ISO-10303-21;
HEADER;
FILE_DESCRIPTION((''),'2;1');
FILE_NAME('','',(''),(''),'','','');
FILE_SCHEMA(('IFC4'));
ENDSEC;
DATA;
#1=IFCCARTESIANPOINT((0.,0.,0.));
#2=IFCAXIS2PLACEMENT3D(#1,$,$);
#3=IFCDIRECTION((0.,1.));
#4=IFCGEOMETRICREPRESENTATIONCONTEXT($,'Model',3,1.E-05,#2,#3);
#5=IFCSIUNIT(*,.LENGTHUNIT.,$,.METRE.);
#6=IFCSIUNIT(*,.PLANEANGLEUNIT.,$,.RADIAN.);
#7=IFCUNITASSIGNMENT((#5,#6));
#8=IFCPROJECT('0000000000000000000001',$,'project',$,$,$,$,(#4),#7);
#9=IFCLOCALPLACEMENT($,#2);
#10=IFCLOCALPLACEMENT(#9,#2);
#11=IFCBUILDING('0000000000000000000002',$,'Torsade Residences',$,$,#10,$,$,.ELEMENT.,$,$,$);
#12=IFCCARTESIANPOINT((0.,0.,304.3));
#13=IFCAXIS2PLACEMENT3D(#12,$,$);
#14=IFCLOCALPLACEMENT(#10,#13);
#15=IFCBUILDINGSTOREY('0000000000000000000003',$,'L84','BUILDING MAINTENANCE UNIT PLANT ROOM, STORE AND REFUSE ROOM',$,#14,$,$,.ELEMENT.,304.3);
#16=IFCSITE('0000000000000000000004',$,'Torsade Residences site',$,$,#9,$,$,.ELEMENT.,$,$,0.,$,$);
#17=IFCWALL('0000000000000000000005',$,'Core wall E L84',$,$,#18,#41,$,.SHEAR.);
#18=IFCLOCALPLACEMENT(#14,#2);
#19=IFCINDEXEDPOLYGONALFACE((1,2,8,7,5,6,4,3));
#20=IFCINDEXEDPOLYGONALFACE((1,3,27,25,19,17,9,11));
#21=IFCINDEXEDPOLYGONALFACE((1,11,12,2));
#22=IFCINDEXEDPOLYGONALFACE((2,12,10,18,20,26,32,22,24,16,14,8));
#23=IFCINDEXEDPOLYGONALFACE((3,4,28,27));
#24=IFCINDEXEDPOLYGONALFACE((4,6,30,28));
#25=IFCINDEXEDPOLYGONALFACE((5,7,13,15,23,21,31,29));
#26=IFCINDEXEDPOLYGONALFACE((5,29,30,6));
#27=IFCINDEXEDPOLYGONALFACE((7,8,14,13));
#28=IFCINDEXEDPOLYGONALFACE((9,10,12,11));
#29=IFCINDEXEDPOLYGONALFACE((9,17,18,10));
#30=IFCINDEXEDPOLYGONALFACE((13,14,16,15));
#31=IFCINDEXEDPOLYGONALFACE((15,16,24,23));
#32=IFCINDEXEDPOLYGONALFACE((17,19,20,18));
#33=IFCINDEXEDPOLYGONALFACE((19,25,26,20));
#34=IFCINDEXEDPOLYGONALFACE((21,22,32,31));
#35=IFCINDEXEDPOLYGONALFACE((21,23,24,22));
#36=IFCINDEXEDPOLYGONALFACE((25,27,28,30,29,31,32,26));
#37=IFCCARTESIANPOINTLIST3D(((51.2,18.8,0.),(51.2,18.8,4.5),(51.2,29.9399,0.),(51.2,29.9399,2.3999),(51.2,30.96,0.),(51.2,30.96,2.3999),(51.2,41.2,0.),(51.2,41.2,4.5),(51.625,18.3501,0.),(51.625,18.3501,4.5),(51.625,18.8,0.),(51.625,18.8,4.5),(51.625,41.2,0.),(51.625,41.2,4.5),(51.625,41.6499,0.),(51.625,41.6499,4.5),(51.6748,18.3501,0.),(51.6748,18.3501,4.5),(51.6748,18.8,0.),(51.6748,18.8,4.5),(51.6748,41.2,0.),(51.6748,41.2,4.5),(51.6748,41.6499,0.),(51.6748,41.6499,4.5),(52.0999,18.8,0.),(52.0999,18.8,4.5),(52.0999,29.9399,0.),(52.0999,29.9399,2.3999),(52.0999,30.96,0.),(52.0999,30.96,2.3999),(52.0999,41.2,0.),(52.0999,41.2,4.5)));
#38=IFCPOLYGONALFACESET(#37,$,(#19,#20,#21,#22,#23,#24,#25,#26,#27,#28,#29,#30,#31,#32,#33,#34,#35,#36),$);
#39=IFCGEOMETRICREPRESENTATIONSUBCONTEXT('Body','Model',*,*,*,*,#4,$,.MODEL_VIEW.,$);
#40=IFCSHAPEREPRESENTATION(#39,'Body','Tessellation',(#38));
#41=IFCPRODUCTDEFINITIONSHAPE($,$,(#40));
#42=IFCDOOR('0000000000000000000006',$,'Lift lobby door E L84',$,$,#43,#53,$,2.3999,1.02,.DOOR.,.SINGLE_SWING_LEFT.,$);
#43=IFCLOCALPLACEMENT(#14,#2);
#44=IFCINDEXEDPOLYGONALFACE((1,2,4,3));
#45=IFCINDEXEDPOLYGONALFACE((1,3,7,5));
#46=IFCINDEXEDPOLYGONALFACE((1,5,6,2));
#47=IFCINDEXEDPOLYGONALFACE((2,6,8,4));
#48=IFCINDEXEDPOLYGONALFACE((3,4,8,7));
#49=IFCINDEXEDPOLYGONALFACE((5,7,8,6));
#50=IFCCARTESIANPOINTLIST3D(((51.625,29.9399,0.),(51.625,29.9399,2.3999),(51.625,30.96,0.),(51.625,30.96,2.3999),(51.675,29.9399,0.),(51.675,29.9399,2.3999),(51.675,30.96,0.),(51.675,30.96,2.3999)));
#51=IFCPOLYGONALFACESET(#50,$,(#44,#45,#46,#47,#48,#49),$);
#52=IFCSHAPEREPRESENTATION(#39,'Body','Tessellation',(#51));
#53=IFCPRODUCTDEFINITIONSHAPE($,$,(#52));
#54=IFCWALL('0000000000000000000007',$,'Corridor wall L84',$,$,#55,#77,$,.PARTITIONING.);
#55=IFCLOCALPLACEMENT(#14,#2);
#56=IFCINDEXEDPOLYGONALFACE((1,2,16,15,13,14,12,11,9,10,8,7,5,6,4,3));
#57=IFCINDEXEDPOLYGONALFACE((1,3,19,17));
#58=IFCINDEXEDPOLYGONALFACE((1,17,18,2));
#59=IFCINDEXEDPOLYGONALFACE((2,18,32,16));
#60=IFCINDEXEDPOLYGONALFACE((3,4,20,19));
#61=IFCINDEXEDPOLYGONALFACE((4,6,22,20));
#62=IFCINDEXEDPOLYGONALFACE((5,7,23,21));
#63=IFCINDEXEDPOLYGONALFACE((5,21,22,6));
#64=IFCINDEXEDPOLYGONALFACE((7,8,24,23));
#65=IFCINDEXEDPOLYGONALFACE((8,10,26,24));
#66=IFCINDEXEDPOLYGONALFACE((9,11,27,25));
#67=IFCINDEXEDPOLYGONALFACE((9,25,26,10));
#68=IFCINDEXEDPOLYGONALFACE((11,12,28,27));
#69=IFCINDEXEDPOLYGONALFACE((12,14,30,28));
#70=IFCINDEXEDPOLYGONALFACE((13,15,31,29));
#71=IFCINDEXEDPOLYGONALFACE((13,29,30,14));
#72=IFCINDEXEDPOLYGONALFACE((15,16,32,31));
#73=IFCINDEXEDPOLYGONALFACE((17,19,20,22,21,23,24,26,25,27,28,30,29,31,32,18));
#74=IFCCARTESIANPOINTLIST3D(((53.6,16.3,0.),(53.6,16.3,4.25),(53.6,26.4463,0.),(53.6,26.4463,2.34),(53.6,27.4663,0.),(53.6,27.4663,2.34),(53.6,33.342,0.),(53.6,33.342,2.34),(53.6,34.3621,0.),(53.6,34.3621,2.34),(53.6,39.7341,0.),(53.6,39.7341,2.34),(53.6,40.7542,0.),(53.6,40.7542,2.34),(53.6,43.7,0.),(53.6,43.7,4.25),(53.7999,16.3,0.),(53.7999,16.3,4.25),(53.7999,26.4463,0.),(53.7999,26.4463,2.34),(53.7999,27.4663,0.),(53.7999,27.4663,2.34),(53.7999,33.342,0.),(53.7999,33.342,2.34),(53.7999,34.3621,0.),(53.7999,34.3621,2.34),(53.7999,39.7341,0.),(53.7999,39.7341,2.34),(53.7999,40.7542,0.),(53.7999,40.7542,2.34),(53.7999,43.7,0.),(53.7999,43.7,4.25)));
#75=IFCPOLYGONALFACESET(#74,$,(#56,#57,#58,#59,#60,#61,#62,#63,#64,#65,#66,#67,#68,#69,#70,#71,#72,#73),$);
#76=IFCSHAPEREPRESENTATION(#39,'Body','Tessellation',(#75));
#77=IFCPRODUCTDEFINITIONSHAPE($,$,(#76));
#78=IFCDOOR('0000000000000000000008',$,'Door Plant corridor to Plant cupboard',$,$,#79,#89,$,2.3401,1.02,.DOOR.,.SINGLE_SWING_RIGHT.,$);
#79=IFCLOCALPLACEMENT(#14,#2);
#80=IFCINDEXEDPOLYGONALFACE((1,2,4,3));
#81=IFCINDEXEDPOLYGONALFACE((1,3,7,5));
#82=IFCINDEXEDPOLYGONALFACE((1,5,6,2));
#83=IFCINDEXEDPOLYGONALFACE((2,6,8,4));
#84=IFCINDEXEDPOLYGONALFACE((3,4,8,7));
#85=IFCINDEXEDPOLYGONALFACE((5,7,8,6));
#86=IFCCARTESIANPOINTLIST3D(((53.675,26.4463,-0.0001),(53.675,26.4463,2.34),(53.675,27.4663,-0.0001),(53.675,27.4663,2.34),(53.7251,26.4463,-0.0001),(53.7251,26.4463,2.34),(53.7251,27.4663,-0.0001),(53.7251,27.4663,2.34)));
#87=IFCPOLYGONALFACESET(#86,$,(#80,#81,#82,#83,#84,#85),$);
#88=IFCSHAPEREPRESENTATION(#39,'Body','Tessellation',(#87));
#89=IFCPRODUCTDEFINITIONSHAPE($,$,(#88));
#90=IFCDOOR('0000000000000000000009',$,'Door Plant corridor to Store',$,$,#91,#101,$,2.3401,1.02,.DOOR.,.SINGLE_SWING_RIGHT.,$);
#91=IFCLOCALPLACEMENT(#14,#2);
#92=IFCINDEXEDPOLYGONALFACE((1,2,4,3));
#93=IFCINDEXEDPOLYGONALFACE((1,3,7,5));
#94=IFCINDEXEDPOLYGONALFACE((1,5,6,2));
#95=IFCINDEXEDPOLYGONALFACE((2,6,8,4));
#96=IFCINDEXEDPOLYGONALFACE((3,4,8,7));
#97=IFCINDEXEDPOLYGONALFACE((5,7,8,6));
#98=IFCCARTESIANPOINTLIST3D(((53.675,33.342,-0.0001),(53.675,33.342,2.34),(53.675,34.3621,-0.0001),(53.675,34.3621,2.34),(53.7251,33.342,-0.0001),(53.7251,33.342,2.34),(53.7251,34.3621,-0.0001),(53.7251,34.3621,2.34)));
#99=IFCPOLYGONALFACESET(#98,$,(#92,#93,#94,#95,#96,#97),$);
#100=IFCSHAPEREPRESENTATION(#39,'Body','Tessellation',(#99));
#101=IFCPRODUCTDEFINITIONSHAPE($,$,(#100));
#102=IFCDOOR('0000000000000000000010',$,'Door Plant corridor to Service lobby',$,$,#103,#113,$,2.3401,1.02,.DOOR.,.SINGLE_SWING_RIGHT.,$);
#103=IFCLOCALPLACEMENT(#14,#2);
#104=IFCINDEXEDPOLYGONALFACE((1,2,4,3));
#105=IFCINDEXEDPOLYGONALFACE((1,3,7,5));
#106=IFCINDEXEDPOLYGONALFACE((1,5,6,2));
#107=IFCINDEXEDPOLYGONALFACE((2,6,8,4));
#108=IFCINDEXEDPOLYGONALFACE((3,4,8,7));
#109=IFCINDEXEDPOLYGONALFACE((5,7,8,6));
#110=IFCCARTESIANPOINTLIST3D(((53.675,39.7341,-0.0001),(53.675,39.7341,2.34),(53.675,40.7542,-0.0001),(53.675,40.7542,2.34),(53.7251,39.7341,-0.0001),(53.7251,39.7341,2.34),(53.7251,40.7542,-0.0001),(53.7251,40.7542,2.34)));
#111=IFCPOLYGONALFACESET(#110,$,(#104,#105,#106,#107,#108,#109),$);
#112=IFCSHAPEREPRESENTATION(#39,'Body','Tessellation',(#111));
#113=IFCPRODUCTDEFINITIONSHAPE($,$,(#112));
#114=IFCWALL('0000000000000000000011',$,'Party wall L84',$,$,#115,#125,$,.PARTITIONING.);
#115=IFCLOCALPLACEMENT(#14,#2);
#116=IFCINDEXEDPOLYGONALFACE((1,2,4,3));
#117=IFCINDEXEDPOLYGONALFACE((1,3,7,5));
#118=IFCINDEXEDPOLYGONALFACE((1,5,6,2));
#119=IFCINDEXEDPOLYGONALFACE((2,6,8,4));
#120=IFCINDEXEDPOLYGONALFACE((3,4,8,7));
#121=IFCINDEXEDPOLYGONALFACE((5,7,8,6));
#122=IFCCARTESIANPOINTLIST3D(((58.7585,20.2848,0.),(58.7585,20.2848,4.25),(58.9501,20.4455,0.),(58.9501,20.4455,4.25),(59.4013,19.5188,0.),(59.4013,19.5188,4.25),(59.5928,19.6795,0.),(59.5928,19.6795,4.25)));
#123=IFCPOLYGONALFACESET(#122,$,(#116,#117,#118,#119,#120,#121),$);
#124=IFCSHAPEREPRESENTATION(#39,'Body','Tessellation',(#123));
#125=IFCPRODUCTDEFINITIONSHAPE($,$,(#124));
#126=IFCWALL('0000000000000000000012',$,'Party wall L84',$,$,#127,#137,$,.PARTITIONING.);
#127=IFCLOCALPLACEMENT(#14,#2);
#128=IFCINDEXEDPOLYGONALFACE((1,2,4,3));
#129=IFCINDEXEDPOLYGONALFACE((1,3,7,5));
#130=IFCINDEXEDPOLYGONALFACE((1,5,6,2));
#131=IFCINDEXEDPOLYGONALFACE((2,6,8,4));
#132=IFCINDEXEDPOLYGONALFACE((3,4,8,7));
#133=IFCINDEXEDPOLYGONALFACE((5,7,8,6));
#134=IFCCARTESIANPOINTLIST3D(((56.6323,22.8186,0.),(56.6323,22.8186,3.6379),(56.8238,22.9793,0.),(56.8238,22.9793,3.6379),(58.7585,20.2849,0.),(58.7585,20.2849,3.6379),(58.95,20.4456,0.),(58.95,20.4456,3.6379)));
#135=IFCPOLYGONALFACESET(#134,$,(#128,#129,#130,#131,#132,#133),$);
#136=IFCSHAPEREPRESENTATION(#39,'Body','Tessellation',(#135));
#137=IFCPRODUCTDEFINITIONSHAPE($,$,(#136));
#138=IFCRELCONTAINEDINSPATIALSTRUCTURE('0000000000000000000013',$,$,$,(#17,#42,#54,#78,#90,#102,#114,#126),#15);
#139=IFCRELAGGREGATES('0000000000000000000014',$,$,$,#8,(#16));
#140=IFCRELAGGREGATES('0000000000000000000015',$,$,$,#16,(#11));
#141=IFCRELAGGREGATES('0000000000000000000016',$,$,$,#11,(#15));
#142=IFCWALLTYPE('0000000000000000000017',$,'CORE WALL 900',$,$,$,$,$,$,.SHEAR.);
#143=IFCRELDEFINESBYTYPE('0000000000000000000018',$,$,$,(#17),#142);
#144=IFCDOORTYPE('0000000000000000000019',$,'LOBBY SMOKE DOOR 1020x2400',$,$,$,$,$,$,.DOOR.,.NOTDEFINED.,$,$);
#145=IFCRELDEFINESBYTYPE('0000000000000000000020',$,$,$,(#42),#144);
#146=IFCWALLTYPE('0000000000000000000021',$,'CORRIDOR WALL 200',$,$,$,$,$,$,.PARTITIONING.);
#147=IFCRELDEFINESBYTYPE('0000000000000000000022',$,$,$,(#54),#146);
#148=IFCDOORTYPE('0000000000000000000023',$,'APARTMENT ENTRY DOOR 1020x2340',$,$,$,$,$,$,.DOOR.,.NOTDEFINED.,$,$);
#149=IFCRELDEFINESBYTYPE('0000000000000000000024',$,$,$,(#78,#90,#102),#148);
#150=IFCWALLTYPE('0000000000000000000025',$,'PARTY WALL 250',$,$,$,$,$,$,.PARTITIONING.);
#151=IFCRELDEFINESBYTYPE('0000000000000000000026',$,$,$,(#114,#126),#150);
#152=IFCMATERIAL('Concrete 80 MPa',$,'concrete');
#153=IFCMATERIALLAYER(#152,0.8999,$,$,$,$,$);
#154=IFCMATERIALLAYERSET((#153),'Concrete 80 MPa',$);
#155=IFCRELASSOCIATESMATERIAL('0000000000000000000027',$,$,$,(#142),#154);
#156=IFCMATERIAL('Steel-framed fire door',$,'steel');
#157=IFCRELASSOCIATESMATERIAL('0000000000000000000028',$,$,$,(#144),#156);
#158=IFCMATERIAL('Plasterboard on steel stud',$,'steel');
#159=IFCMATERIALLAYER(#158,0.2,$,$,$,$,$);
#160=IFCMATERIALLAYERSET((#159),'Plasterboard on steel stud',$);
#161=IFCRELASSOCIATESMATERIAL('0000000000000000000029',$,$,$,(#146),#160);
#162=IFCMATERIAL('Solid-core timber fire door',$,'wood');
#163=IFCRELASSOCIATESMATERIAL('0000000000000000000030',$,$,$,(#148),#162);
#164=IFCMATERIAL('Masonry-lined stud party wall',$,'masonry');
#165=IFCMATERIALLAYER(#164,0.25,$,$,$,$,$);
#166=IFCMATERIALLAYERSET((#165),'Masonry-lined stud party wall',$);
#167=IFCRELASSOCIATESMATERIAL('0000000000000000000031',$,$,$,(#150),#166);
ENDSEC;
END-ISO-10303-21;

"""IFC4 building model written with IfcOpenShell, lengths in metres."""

from ifc_helpers import new_model, si_unit, direction, frame, frame_2d, origin, place, context, subcontext, project, spatial, polyline, rectangle, outline, extrude, material, layer, layer_set, type_object, element, fill, save


model = new_model("IFC4")

# Units and contexts
model_context = context("Model", 3, precision=1e-05, world=origin(), true_north=direction((0.0, 1.0)))
body_context = subcontext(model_context, "Body", "Model", "MODEL_VIEW")
ifc_project = project(units=[si_unit("LENGTHUNIT", "METRE"), si_unit("PLANEANGLEUNIT", "RADIAN")], contexts=[model_context])

# Site, building, storey
site_placement = place(None, origin())
site = spatial("IfcSite", under=ifc_project, at=site_placement, Name="Torsade Residences site", CompositionType="ELEMENT", RefElevation=0.0)
building_placement = place(site_placement, origin())
building = spatial("IfcBuilding", under=site, at=building_placement, Name="Torsade Residences", CompositionType="ELEMENT")
storey_placement = place(building_placement, frame((0.0, 0.0, 304.3)))
storey = spatial("IfcBuildingStorey", under=building, at=storey_placement, Name="L84", Description="BUILDING MAINTENANCE UNIT PLANT ROOM, STORE AND REFUSE ROOM", CompositionType="ELEMENT", Elevation=304.3)

# Wall, opening, door
ifc_material_1 = material(Name="Concrete 80 MPa", Category="concrete")
ifc_layer_1 = layer(ifc_material_1, 0.8999)
ifc_layer_set_1 = layer_set([ifc_layer_1], Name="Concrete 80 MPa")
wall_type_1 = type_object("IfcWallType", Name="CORE WALL 900", PredefinedType="SHEAR", material=ifc_layer_set_1)
wall_1_placement = place(storey_placement, frame((51.6499, 18.8, 0.0), z_axis=(0.0, 0.0, 1.0), x_axis=(0.0, 1.0, 0.0)))
wall_1 = element("IfcWall", 1, at=wall_1_placement, inside=storey, type_object=wall_type_1, Name="Core wall E L84", PredefinedType="SHEAR", context=body_context, shape_type="SweptSolid", body=[
    extrude(outline(polyline([(0.0, -0.45), (22.3999, -0.45), (22.3999, -0.0249), (22.8499, -0.0249), (22.8499, 0.0249), (22.3999, 0.0249), (22.3999, 0.45), (0.0, 0.45), (0.0, 0.0249), (-0.45, 0.0249), (-0.45, -0.0249), (0.0, -0.0249), (0.0, -0.45)])), origin(), (0.0, 0.0, 1.0), 4.5),
])
opening_1_placement = place(wall_1_placement, frame((11.1399, 0.0, 0.0)))
opening_1 = element("IfcOpeningElement", 2, at=opening_1_placement, cuts=wall_1, PredefinedType="OPENING", context=body_context, shape_type="SweptSolid", body=[
    extrude(rectangle(XDim=1.02, YDim=2.3999, at=frame_2d((0.51, 1.2))), frame((0.0, 0.46, 0.0), z_axis=(0.0, -1.0, 0.0), x_axis=(1.0, 0.0, 0.0)), (0.0, 0.0, 1.0), 0.9199),
])
ifc_material_2 = material(Name="Steel-framed fire door", Category="steel")
door_type_1 = type_object("IfcDoorType", Name="LOBBY SMOKE DOOR 1020x2400", OperationType="NOTDEFINED", PredefinedType="DOOR", material=ifc_material_2)
door_1_placement = place(opening_1_placement, origin())
door_1 = element("IfcDoor", 3, at=door_1_placement, inside=storey, type_object=door_type_1, Name="Lift lobby door E L84", OperationType="SINGLE_SWING_LEFT", OverallHeight=2.3999, OverallWidth=1.02, PredefinedType="DOOR", context=body_context, shape_type="SweptSolid", body=[
    extrude(rectangle(XDim=1.02, YDim=2.3999, at=frame_2d((0.51, 1.2))), frame((0.0, 0.0249, 0.0), z_axis=(0.0, -1.0, 0.0), x_axis=(1.0, 0.0, 0.0)), (0.0, 0.0, 1.0), 0.05),
])
fill(opening_1, door_1)

# Wall, openings, doors
ifc_material_3 = material(Name="Plasterboard on steel stud", Category="steel")
ifc_layer_2 = layer(ifc_material_3, 0.2)
ifc_layer_set_2 = layer_set([ifc_layer_2], Name="Plasterboard on steel stud")
wall_type_2 = type_object("IfcWallType", Name="CORRIDOR WALL 200", PredefinedType="PARTITIONING", material=ifc_layer_set_2)
wall_2_placement = place(storey_placement, frame((53.7, 16.3, 0.0), z_axis=(0.0, 0.0, 1.0), x_axis=(0.0, 1.0, 0.0)))
wall_2 = element("IfcWall", 4, at=wall_2_placement, inside=storey, type_object=wall_type_2, Name="Corridor wall L84", PredefinedType="PARTITIONING", context=body_context, shape_type="SweptSolid", body=[
    extrude(rectangle(XDim=27.3999, YDim=0.2, at=frame_2d((13.7, 0.0))), origin(), (0.0, 0.0, 1.0), 4.25),
])
opening_2_placement = place(wall_2_placement, frame((10.1462, 0.0, 0.0)))
opening_2 = element("IfcOpeningElement", 5, at=opening_2_placement, cuts=wall_2, PredefinedType="OPENING", context=body_context, shape_type="SweptSolid", body=[
    extrude(rectangle(XDim=1.02, YDim=2.3401, at=frame_2d((0.51, 1.1699))), frame((0.0, 0.1099, 0.0), z_axis=(0.0, -1.0, 0.0), x_axis=(1.0, 0.0, 0.0)), (0.0, 0.0, 1.0), 0.22),
])
opening_3_placement = place(wall_2_placement, frame((17.042, 0.0, 0.0)))
opening_3 = element("IfcOpeningElement", 6, at=opening_3_placement, cuts=wall_2, PredefinedType="OPENING", context=body_context, shape_type="SweptSolid", body=[
    extrude(rectangle(XDim=1.02, YDim=2.3401, at=frame_2d((0.51, 1.1699))), frame((0.0, 0.1099, 0.0), z_axis=(0.0, -1.0, 0.0), x_axis=(1.0, 0.0, 0.0)), (0.0, 0.0, 1.0), 0.22),
])
opening_4_placement = place(wall_2_placement, frame((23.4341, 0.0, 0.0)))
opening_4 = element("IfcOpeningElement", 7, at=opening_4_placement, cuts=wall_2, PredefinedType="OPENING", context=body_context, shape_type="SweptSolid", body=[
    extrude(rectangle(XDim=1.02, YDim=2.3401, at=frame_2d((0.51, 1.1699))), frame((0.0, 0.1099, 0.0), z_axis=(0.0, -1.0, 0.0), x_axis=(1.0, 0.0, 0.0)), (0.0, 0.0, 1.0), 0.22),
])
ifc_material_4 = material(Name="Solid-core timber fire door", Category="wood")
door_type_2 = type_object("IfcDoorType", Name="APARTMENT ENTRY DOOR 1020x2340", OperationType="NOTDEFINED", PredefinedType="DOOR", material=ifc_material_4)
door_2_placement = place(opening_2_placement, origin())
door_2 = element("IfcDoor", 8, at=door_2_placement, inside=storey, type_object=door_type_2, Name="Door Plant corridor to Plant cupboard", OperationType="SINGLE_SWING_RIGHT", OverallHeight=2.3401, OverallWidth=1.02, PredefinedType="DOOR", context=body_context, shape_type="SweptSolid", body=[
    extrude(rectangle(XDim=1.02, YDim=2.3401, at=frame_2d((0.51, 1.1699))), frame((0.0, 0.0249, 0.0), z_axis=(0.0, -1.0, 0.0), x_axis=(1.0, 0.0, 0.0)), (0.0, 0.0, 1.0), 0.05),
])
fill(opening_2, door_2)
door_3_placement = place(opening_3_placement, origin())
door_3 = element("IfcDoor", 9, at=door_3_placement, inside=storey, type_object=door_type_2, Name="Door Plant corridor to Store", OperationType="SINGLE_SWING_RIGHT", OverallHeight=2.3401, OverallWidth=1.02, PredefinedType="DOOR", context=body_context, shape_type="SweptSolid", body=[
    extrude(rectangle(XDim=1.02, YDim=2.3401, at=frame_2d((0.51, 1.1699))), frame((0.0, 0.0249, 0.0), z_axis=(0.0, -1.0, 0.0), x_axis=(1.0, 0.0, 0.0)), (0.0, 0.0, 1.0), 0.05),
])
fill(opening_3, door_3)
door_4_placement = place(opening_4_placement, origin())
door_4 = element("IfcDoor", 10, at=door_4_placement, inside=storey, type_object=door_type_2, Name="Door Plant corridor to Service lobby", OperationType="SINGLE_SWING_RIGHT", OverallHeight=2.3401, OverallWidth=1.02, PredefinedType="DOOR", context=body_context, shape_type="SweptSolid", body=[
    extrude(rectangle(XDim=1.02, YDim=2.3401, at=frame_2d((0.51, 1.1699))), frame((0.0, 0.0249, 0.0), z_axis=(0.0, -1.0, 0.0), x_axis=(1.0, 0.0, 0.0)), (0.0, 0.0, 1.0), 0.05),
])
fill(opening_4, door_4)

# Walls
ifc_material_5 = material(Name="Masonry-lined stud party wall", Category="masonry")
ifc_layer_3 = layer(ifc_material_5, 0.25)
ifc_layer_set_3 = layer_set([ifc_layer_3], Name="Masonry-lined stud party wall")
wall_type_3 = type_object("IfcWallType", Name="PARTY WALL 250", PredefinedType="PARTITIONING", material=ifc_layer_set_3)
wall_3_placement = place(storey_placement, frame((59.4971, 19.5991, 0.0), z_axis=(0.0, 0.0, 1.0), x_axis=(-0.642774, 0.766056, 0.0)))
element("IfcWall", 11, at=wall_3_placement, inside=storey, type_object=wall_type_3, Name="Party wall L84", PredefinedType="PARTITIONING", context=body_context, shape_type="SweptSolid", body=[
    extrude(rectangle(XDim=1.0, YDim=0.25, at=frame_2d((0.5, 0.0))), origin(), (0.0, 0.0, 1.0), 4.25),
])
wall_4_placement = place(storey_placement, frame((58.8542, 20.3652, 0.0), z_axis=(0.0, 0.0, 1.0), x_axis=(-0.642823, 0.766014, 0.0)))
element("IfcWall", 12, at=wall_4_placement, inside=storey, type_object=wall_type_3, Name="Party wall L84", PredefinedType="PARTITIONING", context=body_context, shape_type="SweptSolid", body=[
    extrude(rectangle(XDim=3.3076, YDim=0.25, at=frame_2d((1.6538, 0.0))), origin(), (0.0, 0.0, 1.0), 3.6379),
])

save(model, "model.ifc")
